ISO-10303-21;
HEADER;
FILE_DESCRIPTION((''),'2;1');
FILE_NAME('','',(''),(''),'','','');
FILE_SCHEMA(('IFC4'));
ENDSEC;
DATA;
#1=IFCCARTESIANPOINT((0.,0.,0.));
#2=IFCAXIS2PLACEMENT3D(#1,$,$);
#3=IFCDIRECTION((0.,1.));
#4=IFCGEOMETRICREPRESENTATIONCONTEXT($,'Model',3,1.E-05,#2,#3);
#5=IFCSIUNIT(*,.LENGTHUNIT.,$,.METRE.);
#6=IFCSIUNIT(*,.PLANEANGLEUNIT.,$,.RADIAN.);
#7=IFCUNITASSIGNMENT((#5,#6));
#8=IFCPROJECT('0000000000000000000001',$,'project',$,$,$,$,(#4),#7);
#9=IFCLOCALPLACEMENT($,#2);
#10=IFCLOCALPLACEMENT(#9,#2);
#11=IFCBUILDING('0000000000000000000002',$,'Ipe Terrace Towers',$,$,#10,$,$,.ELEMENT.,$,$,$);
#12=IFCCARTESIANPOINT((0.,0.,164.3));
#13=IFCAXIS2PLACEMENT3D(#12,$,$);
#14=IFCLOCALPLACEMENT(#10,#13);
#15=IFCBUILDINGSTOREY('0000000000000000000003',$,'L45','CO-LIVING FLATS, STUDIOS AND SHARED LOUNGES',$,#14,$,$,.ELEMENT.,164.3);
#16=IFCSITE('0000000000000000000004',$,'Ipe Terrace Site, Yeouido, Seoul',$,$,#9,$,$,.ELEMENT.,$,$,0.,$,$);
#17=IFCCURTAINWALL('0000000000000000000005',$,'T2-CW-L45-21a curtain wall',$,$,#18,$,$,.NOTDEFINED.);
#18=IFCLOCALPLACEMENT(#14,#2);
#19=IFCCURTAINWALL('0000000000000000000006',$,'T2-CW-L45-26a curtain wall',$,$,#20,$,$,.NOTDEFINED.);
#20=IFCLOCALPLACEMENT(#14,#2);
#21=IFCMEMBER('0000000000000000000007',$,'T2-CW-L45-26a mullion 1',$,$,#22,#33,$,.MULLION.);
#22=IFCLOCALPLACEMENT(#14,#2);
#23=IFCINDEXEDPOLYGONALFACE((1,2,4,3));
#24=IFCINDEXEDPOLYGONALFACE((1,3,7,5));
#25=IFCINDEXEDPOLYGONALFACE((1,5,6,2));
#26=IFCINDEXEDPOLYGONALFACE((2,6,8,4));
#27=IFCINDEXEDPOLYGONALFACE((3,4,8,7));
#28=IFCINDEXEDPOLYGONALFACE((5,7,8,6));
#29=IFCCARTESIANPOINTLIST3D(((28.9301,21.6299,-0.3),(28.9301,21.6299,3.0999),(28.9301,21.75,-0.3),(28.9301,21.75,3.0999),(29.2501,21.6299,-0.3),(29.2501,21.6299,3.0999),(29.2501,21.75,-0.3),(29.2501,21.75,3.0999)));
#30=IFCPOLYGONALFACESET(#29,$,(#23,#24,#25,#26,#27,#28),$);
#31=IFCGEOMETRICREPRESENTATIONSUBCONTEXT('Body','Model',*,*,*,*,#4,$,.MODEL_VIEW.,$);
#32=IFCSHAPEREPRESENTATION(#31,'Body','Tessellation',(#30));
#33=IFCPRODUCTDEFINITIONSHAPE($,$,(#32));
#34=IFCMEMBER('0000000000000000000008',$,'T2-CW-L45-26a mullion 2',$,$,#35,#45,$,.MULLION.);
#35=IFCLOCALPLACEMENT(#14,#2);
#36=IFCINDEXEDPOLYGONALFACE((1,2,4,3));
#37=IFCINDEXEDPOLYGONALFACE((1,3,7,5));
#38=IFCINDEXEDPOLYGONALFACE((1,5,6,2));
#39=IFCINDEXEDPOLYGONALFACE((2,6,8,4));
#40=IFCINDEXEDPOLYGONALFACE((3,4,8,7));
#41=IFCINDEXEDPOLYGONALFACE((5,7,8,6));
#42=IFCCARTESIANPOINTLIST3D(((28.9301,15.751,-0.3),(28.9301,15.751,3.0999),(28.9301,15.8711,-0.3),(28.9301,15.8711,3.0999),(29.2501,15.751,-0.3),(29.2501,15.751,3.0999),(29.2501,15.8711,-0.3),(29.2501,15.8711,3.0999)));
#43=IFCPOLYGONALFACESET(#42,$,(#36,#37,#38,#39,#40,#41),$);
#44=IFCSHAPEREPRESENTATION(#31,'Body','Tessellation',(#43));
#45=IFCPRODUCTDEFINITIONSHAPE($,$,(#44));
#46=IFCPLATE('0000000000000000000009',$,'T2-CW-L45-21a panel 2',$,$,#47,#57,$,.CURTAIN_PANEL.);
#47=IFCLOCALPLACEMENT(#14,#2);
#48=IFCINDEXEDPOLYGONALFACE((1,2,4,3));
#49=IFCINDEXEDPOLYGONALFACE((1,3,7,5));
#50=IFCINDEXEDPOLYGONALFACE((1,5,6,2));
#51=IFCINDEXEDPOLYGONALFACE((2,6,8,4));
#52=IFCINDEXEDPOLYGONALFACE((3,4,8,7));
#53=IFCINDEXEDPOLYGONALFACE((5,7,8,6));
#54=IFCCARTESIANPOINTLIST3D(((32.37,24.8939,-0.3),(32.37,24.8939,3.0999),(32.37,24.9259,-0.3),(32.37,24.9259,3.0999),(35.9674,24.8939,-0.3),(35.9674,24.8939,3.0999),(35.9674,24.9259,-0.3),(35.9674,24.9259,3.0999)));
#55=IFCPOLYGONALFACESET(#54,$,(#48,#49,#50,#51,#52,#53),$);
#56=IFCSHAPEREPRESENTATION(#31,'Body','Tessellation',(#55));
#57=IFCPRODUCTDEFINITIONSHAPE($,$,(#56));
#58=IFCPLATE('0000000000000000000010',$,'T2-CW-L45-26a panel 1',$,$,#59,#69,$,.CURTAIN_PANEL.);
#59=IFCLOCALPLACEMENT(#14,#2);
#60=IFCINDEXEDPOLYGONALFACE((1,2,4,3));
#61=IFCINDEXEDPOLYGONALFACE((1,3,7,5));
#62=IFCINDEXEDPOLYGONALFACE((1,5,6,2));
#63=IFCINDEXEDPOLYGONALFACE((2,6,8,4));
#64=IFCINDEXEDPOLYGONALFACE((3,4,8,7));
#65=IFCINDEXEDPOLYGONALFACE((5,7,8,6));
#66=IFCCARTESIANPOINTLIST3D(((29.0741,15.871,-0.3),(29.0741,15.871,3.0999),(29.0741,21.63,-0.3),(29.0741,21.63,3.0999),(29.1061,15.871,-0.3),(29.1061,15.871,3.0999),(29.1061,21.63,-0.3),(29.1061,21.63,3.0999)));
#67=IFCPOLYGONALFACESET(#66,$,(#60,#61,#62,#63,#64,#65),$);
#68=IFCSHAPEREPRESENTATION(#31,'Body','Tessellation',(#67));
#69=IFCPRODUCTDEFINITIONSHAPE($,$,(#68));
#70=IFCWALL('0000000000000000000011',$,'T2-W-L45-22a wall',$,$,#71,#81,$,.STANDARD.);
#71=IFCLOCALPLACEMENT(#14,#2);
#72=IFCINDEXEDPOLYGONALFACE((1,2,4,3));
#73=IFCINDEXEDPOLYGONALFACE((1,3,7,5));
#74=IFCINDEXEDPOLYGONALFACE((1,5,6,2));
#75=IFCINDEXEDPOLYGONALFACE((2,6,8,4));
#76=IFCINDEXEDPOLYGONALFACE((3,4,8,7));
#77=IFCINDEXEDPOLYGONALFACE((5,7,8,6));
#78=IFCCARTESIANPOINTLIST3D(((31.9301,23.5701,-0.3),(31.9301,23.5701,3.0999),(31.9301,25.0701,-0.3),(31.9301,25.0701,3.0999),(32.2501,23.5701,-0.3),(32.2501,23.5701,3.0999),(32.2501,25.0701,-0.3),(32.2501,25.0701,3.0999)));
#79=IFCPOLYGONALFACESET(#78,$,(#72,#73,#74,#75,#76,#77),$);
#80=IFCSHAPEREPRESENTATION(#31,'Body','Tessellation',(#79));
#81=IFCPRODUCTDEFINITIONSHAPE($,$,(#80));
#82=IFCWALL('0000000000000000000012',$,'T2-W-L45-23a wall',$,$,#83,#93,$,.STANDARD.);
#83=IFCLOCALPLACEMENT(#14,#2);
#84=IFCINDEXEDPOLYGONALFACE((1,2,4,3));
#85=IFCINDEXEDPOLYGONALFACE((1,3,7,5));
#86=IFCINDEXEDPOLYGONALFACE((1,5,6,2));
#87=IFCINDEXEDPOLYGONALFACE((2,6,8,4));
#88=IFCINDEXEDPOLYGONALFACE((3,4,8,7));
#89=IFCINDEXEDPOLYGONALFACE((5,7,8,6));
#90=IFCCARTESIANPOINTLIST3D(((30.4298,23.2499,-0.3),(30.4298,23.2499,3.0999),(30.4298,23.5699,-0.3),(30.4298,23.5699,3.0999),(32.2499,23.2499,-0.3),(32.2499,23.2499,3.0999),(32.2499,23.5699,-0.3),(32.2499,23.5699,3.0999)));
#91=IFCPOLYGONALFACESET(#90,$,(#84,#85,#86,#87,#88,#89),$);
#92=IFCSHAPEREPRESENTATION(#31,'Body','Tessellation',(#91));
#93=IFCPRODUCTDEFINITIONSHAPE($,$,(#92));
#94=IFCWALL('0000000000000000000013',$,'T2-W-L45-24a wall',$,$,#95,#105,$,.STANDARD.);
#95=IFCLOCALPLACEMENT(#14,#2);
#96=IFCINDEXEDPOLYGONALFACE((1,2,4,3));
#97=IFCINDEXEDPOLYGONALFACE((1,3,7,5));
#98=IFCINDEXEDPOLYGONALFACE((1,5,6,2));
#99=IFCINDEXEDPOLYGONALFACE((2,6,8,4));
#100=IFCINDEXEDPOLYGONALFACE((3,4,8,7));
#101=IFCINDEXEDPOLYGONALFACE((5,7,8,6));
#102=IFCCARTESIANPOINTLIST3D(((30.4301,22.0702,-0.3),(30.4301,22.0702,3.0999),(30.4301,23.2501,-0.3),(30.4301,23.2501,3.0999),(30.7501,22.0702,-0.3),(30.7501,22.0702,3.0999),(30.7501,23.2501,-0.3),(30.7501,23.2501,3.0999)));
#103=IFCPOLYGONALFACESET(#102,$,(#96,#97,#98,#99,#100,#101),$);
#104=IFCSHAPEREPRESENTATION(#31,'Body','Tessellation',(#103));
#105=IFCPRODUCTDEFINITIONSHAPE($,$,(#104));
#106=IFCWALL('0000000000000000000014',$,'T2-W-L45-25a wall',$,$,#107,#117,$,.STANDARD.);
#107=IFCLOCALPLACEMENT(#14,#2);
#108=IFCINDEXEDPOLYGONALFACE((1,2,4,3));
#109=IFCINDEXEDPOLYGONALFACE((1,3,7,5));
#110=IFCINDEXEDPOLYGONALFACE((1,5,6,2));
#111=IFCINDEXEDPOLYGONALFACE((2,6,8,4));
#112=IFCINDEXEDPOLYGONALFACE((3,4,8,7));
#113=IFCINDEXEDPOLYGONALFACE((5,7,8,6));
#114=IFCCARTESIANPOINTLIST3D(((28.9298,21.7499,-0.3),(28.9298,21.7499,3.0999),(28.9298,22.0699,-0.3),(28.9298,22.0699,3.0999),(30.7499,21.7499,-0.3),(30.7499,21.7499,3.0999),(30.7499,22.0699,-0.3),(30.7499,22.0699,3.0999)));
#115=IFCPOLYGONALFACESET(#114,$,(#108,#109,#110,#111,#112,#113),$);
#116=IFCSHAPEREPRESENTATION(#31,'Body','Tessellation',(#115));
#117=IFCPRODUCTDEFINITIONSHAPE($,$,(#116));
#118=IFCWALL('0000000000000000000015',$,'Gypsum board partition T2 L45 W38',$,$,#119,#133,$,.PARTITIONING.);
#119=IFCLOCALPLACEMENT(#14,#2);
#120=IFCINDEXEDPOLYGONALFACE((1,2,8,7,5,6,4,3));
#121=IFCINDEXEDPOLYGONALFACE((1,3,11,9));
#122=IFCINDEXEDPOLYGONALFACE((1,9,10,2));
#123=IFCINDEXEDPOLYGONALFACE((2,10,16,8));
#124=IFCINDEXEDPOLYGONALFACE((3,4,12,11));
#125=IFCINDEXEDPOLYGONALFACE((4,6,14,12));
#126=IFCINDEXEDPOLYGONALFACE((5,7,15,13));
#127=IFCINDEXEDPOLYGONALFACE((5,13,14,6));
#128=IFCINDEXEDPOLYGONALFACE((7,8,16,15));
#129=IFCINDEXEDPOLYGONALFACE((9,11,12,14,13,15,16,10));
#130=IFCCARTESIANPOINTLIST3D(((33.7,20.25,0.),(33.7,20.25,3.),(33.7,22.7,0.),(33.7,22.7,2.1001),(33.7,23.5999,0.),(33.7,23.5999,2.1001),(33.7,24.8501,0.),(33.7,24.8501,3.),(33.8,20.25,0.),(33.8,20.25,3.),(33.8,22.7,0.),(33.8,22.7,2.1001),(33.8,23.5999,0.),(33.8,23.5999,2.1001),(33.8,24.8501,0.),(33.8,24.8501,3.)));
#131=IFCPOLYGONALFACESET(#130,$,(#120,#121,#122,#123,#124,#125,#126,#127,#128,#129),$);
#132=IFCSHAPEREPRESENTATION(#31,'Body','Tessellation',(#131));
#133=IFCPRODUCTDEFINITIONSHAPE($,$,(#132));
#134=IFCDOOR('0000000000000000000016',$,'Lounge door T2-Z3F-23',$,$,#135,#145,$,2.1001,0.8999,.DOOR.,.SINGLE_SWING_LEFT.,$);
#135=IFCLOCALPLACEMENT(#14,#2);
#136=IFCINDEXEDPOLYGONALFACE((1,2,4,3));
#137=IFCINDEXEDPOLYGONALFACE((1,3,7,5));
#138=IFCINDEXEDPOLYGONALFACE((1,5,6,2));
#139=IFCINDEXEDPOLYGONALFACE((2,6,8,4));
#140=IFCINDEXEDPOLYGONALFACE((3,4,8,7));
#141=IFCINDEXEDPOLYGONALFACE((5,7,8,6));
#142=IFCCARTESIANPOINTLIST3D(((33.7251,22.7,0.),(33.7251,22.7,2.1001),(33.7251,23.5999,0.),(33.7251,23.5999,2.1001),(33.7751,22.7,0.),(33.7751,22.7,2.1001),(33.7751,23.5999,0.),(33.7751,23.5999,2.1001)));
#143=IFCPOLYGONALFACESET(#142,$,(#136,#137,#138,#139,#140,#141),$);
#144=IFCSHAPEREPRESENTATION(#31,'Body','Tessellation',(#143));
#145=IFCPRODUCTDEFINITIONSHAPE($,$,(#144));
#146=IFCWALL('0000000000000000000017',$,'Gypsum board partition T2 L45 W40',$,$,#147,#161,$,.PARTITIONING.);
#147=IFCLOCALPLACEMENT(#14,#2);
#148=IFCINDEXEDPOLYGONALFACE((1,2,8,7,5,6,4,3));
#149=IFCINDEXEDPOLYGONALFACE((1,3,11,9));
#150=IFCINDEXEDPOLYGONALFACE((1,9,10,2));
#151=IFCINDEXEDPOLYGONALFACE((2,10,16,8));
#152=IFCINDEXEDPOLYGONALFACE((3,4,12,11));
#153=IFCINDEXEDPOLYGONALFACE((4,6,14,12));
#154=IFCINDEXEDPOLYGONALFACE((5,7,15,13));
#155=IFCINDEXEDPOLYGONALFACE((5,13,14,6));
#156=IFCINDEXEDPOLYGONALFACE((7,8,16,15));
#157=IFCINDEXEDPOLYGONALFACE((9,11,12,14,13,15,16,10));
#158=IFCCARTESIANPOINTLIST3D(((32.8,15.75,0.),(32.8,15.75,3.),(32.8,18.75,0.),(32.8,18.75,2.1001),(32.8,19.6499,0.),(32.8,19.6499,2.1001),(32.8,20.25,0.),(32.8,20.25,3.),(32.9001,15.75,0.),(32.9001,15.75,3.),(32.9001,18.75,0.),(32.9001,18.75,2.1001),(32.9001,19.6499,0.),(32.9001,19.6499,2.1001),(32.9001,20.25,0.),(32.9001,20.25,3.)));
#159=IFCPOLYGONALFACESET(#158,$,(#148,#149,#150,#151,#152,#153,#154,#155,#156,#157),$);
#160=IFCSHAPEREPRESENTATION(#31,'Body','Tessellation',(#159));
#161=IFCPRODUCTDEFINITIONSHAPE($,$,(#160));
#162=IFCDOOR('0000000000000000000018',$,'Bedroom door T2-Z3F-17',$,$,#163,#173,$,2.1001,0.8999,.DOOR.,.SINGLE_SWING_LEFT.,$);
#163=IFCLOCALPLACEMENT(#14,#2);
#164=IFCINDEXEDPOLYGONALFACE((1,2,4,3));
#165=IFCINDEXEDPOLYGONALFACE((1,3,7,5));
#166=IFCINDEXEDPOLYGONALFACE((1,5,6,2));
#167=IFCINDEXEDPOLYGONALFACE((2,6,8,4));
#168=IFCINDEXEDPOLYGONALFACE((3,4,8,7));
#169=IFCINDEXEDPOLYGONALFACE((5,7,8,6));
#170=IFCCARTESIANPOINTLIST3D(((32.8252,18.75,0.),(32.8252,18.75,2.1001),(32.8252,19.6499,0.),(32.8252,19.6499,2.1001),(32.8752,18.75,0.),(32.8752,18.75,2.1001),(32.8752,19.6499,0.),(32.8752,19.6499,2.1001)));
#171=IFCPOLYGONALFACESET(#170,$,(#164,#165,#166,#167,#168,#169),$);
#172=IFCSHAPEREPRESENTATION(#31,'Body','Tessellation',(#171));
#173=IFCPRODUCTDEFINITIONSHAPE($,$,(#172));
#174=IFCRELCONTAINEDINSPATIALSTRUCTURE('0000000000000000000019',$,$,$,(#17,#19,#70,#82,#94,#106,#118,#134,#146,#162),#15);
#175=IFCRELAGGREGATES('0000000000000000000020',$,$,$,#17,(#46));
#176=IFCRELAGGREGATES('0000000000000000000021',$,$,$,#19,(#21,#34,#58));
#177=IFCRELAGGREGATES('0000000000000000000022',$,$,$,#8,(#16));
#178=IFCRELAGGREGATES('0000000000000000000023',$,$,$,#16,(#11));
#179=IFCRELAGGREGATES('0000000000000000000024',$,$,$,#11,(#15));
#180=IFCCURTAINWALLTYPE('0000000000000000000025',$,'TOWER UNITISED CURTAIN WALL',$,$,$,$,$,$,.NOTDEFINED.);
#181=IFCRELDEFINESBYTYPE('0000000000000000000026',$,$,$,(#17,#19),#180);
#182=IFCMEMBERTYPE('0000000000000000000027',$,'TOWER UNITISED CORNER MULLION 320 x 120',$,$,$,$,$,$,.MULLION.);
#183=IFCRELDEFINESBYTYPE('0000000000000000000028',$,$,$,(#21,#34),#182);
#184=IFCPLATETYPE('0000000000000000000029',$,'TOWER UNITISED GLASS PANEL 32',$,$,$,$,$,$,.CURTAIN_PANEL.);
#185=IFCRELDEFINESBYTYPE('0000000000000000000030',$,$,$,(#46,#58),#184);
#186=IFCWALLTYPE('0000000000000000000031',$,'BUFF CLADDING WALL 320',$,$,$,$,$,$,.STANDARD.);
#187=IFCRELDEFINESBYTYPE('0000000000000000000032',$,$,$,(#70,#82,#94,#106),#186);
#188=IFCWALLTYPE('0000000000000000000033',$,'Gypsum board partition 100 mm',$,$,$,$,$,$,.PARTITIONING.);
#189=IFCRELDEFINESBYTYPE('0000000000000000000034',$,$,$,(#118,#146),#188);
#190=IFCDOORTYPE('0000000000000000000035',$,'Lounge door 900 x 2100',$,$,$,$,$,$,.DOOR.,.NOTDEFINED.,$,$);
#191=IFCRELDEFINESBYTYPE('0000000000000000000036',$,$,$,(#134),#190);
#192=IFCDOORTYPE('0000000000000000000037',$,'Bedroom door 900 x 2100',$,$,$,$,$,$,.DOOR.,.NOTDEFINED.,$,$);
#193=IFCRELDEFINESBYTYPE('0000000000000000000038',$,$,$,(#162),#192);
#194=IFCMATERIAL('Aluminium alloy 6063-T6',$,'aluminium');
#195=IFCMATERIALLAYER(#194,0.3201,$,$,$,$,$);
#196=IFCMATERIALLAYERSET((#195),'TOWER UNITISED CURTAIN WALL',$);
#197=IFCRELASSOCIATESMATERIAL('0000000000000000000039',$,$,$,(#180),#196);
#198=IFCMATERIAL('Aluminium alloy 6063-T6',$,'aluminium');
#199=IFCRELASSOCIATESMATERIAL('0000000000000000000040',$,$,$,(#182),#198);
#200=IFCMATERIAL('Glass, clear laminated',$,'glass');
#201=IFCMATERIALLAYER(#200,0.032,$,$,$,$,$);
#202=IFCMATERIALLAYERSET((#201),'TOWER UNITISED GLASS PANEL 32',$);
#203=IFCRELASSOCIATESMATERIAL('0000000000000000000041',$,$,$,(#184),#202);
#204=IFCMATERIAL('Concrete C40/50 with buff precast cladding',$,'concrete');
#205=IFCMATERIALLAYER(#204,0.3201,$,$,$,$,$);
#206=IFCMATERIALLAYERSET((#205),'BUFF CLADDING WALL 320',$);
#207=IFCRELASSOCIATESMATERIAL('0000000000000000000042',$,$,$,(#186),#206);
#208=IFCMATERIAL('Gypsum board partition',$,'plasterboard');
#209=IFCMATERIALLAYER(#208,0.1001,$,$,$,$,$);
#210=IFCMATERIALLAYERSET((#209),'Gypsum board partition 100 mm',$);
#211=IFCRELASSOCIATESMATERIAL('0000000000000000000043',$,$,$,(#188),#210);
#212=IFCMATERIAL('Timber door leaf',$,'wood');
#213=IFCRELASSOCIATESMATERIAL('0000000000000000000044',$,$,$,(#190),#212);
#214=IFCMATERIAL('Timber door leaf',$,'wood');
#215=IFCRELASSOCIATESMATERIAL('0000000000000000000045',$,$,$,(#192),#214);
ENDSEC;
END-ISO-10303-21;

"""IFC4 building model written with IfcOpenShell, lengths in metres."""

from ifc_helpers import new_model, si_unit, direction, frame, frame_2d, origin, origin_2d, place, context, subcontext, project, spatial, rectangle, extrude, material, layer, layer_set, material_profile, profile_set, type_object, element, fill, aggregate, save


model = new_model("IFC4")

# Units and contexts
model_context = context("Model", 3, precision=1e-05, world=origin(), true_north=direction((0.0, 1.0)))
body_context = subcontext(model_context, "Body", "Model", "MODEL_VIEW")
ifc_project = project(units=[si_unit("LENGTHUNIT", "METRE"), si_unit("PLANEANGLEUNIT", "RADIAN")], contexts=[model_context])

# Site, building, storey
site_placement = place(None, origin())
site = spatial("IfcSite", under=ifc_project, at=site_placement, Name="Ipe Terrace Site, Yeouido, Seoul", CompositionType="ELEMENT", RefElevation=0.0)
building_placement = place(site_placement, origin())
building = spatial("IfcBuilding", under=site, at=building_placement, Name="Ipe Terrace Towers", CompositionType="ELEMENT")
storey_placement = place(building_placement, frame((0.0, 0.0, 164.3)))
storey = spatial("IfcBuildingStorey", under=building, at=storey_placement, Name="L45", Description="CO-LIVING FLATS, STUDIOS AND SHARED LOUNGES", CompositionType="ELEMENT", Elevation=164.3)

# Curtain wall
ifc_material_1 = material(Name="Aluminium alloy 6063-T6", Category="aluminium")
ifc_layer_1 = layer(ifc_material_1, 0.3201)
ifc_layer_set_1 = layer_set([ifc_layer_1], Name="TOWER UNITISED CURTAIN WALL")
curtain_wall_type = type_object("IfcCurtainWallType", Name="TOWER UNITISED CURTAIN WALL", PredefinedType="NOTDEFINED", material=ifc_layer_set_1)
curtain_wall_1_placement = place(storey_placement, origin())
curtain_wall_1 = element("IfcCurtainWall", 1, at=curtain_wall_1_placement, inside=storey, type_object=curtain_wall_type, Name="T2-CW-L45-21a curtain wall", PredefinedType="NOTDEFINED")
ifc_material_2 = material(Name="Aluminium alloy 6063-T6", Category="aluminium")
ifc_material_profile_1 = material_profile(ifc_material_2, rectangle(XDim=0.3201, YDim=0.1201, at=origin_2d()), Name="TOWER UNITISED CORNER MULLION 320 x 120")
ifc_profile_set_1 = profile_set([ifc_material_profile_1], Name="Aluminium alloy 6063-T6")
member_type = type_object("IfcMemberType", Name="TOWER UNITISED CORNER MULLION 320 x 120", PredefinedType="MULLION", material=ifc_profile_set_1)

# Curtain wall, members
curtain_wall_2_placement = place(storey_placement, origin())
curtain_wall_2 = element("IfcCurtainWall", 2, at=curtain_wall_2_placement, inside=storey, type_object=curtain_wall_type, Name="T2-CW-L45-26a curtain wall", PredefinedType="NOTDEFINED")
member_1_placement = place(storey_placement, frame((29.0901, 21.6899, -0.3), z_axis=(0.0, 0.0, 1.0), x_axis=(-1.0, 0.0, 0.0)))
member_1 = element("IfcMember", 3, at=member_1_placement, type_object=member_type, Name="T2-CW-L45-26a mullion 1", PredefinedType="MULLION", context=body_context, shape_type="SweptSolid", body=[
    extrude(rectangle(XDim=0.3201, YDim=0.1201, at=origin_2d()), origin(), (0.0, 0.0, 1.0), 3.3999),
])
member_2_placement = place(storey_placement, frame((29.0901, 15.811, -0.3), z_axis=(0.0, 0.0, 1.0), x_axis=(-1.0, 0.0, 0.0)))
member_2 = element("IfcMember", 4, at=member_2_placement, type_object=member_type, Name="T2-CW-L45-26a mullion 2", PredefinedType="MULLION", context=body_context, shape_type="SweptSolid", body=[
    extrude(rectangle(XDim=0.3201, YDim=0.1201, at=origin_2d()), origin(), (0.0, 0.0, 1.0), 3.3999),
])

# Plates
ifc_material_3 = material(Name="Glass, clear laminated", Category="glass")
ifc_layer_2 = layer(ifc_material_3, 0.032)
ifc_layer_set_2 = layer_set([ifc_layer_2], Name="TOWER UNITISED GLASS PANEL 32")
plate_type = type_object("IfcPlateType", Name="TOWER UNITISED GLASS PANEL 32", PredefinedType="CURTAIN_PANEL", material=ifc_layer_set_2)
plate_1_placement = place(storey_placement, frame((34.1687, 24.9099, -0.3), z_axis=(0.0, 0.0, 1.0), x_axis=(-1.0, 0.0, 0.0)))
plate_1 = element("IfcPlate", 5, at=plate_1_placement, type_object=plate_type, Name="T2-CW-L45-21a panel 2", PredefinedType="CURTAIN_PANEL", context=body_context, shape_type="SweptSolid", body=[
    extrude(rectangle(XDim=3.5974, YDim=0.032, at=origin_2d()), origin(), (0.0, 0.0, 1.0), 3.3999),
])
aggregate(curtain_wall_1, [plate_1])
plate_2_placement = place(storey_placement, frame((29.0901, 18.7505, -0.3), z_axis=(0.0, 0.0, 1.0), x_axis=(0.0, -1.0, 0.0)))
plate_2 = element("IfcPlate", 6, at=plate_2_placement, type_object=plate_type, Name="T2-CW-L45-26a panel 1", PredefinedType="CURTAIN_PANEL", context=body_context, shape_type="SweptSolid", body=[
    extrude(rectangle(XDim=5.759, YDim=0.032, at=origin_2d()), origin(), (0.0, 0.0, 1.0), 3.3999),
])
aggregate(curtain_wall_2, [member_1, member_2, plate_2])

# Walls
ifc_material_4 = material(Name="Concrete C40/50 with buff precast cladding", Category="concrete")
ifc_layer_3 = layer(ifc_material_4, 0.3201)
ifc_layer_set_3 = layer_set([ifc_layer_3], Name="BUFF CLADDING WALL 320")
wall_type_1 = type_object("IfcWallType", Name="BUFF CLADDING WALL 320", PredefinedType="STANDARD", material=ifc_layer_set_3)
wall_1_placement = place(storey_placement, frame((32.0901, 25.0701, -0.3), z_axis=(0.0, 0.0, 1.0), x_axis=(0.0, -1.0, 0.0)))
element("IfcWall", 7, at=wall_1_placement, inside=storey, type_object=wall_type_1, Name="T2-W-L45-22a wall", PredefinedType="STANDARD", context=body_context, shape_type="SweptSolid", body=[
    extrude(rectangle(XDim=1.5, YDim=0.3201, at=frame_2d((0.75, 0.0))), origin(), (0.0, 0.0, 1.0), 3.3999),
])
wall_2_placement = place(storey_placement, frame((32.25, 23.4099, -0.3), z_axis=(0.0, 0.0, 1.0), x_axis=(-1.0, 0.0, 0.0)))
element("IfcWall", 8, at=wall_2_placement, inside=storey, type_object=wall_type_1, Name="T2-W-L45-23a wall", PredefinedType="STANDARD", context=body_context, shape_type="SweptSolid", body=[
    extrude(rectangle(XDim=1.8201, YDim=0.3201, at=frame_2d((0.9102, 0.0))), origin(), (0.0, 0.0, 1.0), 3.3999),
])
wall_3_placement = place(storey_placement, frame((30.5901, 23.25, -0.3), z_axis=(0.0, 0.0, 1.0), x_axis=(0.0, -1.0, 0.0)))
element("IfcWall", 9, at=wall_3_placement, inside=storey, type_object=wall_type_1, Name="T2-W-L45-24a wall", PredefinedType="STANDARD", context=body_context, shape_type="SweptSolid", body=[
    extrude(rectangle(XDim=1.1799, YDim=0.3201, at=frame_2d((0.5898, 0.0))), origin(), (0.0, 0.0, 1.0), 3.3999),
])
wall_4_placement = place(storey_placement, frame((30.75, 21.9099, -0.3), z_axis=(0.0, 0.0, 1.0), x_axis=(-1.0, 0.0, 0.0)))
element("IfcWall", 10, at=wall_4_placement, inside=storey, type_object=wall_type_1, Name="T2-W-L45-25a wall", PredefinedType="STANDARD", context=body_context, shape_type="SweptSolid", body=[
    extrude(rectangle(XDim=1.8201, YDim=0.3201, at=frame_2d((0.9102, 0.0))), origin(), (0.0, 0.0, 1.0), 3.3999),
])

# Walls, openings, doors
ifc_material_5 = material(Name="Gypsum board partition", Category="plasterboard")
ifc_layer_4 = layer(ifc_material_5, 0.1001)
ifc_layer_set_4 = layer_set([ifc_layer_4], Name="Gypsum board partition 100 mm")
wall_type_2 = type_object("IfcWallType", Name="Gypsum board partition 100 mm", PredefinedType="PARTITIONING", material=ifc_layer_set_4)
wall_5_placement = place(storey_placement, frame((33.75, 20.25, 0.0), z_axis=(0.0, 0.0, 1.0), x_axis=(0.0, 1.0, 0.0)))
wall_5 = element("IfcWall", 11, at=wall_5_placement, inside=storey, type_object=wall_type_2, Name="Gypsum board partition T2 L45 W38", PredefinedType="PARTITIONING", context=body_context, shape_type="SweptSolid", body=[
    extrude(rectangle(XDim=4.6001, YDim=0.1001, at=frame_2d((2.3, 0.0))), origin(), (0.0, 0.0, 1.0), 3.0),
])
opening_1_placement = place(wall_5_placement, frame((2.45, 0.0, 0.0)))
opening_1 = element("IfcOpeningElement", 12, at=opening_1_placement, cuts=wall_5, PredefinedType="OPENING", context=body_context, shape_type="SweptSolid", body=[
    extrude(rectangle(XDim=0.8999, YDim=2.1001, at=frame_2d((0.45, 1.05))), frame((0.0, 0.0601, 0.0), z_axis=(0.0, -1.0, 0.0), x_axis=(1.0, 0.0, 0.0)), (0.0, 0.0, 1.0), 0.1201),
])
ifc_material_6 = material(Name="Timber door leaf", Category="wood")
door_type_1 = type_object("IfcDoorType", Name="Lounge door 900 x 2100", OperationType="NOTDEFINED", PredefinedType="DOOR", material=ifc_material_6)
door_1_placement = place(opening_1_placement, origin())
door_1 = element("IfcDoor", 13, at=door_1_placement, inside=storey, type_object=door_type_1, Name="Lounge door T2-Z3F-23", OperationType="SINGLE_SWING_LEFT", OverallHeight=2.1001, OverallWidth=0.8999, PredefinedType="DOOR", context=body_context, shape_type="SweptSolid", body=[
    extrude(rectangle(XDim=0.8999, YDim=2.1001, at=frame_2d((0.45, 1.05))), frame((0.0, 0.0249, 0.0), z_axis=(0.0, -1.0, 0.0), x_axis=(1.0, 0.0, 0.0)), (0.0, 0.0, 1.0), 0.05),
])
fill(opening_1, door_1)
wall_6_placement = place(storey_placement, frame((32.8501, 15.75, 0.0), z_axis=(0.0, 0.0, 1.0), x_axis=(0.0, 1.0, 0.0)))
wall_6 = element("IfcWall", 14, at=wall_6_placement, inside=storey, type_object=wall_type_2, Name="Gypsum board partition T2 L45 W40", PredefinedType="PARTITIONING", context=body_context, shape_type="SweptSolid", body=[
    extrude(rectangle(XDim=4.5, YDim=0.1001, at=frame_2d((2.25, 0.0))), origin(), (0.0, 0.0, 1.0), 3.0),
])
opening_2_placement = place(wall_6_placement, frame((3.0, 0.0, 0.0)))
opening_2 = element("IfcOpeningElement", 15, at=opening_2_placement, cuts=wall_6, PredefinedType="OPENING", context=body_context, shape_type="SweptSolid", body=[
    extrude(rectangle(XDim=0.8999, YDim=2.1001, at=frame_2d((0.45, 1.05))), frame((0.0, 0.0601, 0.0), z_axis=(0.0, -1.0, 0.0), x_axis=(1.0, 0.0, 0.0)), (0.0, 0.0, 1.0), 0.1201),
])
ifc_material_7 = material(Name="Timber door leaf", Category="wood")
door_type_2 = type_object("IfcDoorType", Name="Bedroom door 900 x 2100", OperationType="NOTDEFINED", PredefinedType="DOOR", material=ifc_material_7)
door_2_placement = place(opening_2_placement, origin())
door_2 = element("IfcDoor", 16, at=door_2_placement, inside=storey, type_object=door_type_2, Name="Bedroom door T2-Z3F-17", OperationType="SINGLE_SWING_LEFT", OverallHeight=2.1001, OverallWidth=0.8999, PredefinedType="DOOR", context=body_context, shape_type="SweptSolid", body=[
    extrude(rectangle(XDim=0.8999, YDim=2.1001, at=frame_2d((0.45, 1.05))), frame((0.0, 0.0249, 0.0), z_axis=(0.0, -1.0, 0.0), x_axis=(1.0, 0.0, 0.0)), (0.0, 0.0, 1.0), 0.05),
])
fill(opening_2, door_2)

save(model, "model.ifc")
